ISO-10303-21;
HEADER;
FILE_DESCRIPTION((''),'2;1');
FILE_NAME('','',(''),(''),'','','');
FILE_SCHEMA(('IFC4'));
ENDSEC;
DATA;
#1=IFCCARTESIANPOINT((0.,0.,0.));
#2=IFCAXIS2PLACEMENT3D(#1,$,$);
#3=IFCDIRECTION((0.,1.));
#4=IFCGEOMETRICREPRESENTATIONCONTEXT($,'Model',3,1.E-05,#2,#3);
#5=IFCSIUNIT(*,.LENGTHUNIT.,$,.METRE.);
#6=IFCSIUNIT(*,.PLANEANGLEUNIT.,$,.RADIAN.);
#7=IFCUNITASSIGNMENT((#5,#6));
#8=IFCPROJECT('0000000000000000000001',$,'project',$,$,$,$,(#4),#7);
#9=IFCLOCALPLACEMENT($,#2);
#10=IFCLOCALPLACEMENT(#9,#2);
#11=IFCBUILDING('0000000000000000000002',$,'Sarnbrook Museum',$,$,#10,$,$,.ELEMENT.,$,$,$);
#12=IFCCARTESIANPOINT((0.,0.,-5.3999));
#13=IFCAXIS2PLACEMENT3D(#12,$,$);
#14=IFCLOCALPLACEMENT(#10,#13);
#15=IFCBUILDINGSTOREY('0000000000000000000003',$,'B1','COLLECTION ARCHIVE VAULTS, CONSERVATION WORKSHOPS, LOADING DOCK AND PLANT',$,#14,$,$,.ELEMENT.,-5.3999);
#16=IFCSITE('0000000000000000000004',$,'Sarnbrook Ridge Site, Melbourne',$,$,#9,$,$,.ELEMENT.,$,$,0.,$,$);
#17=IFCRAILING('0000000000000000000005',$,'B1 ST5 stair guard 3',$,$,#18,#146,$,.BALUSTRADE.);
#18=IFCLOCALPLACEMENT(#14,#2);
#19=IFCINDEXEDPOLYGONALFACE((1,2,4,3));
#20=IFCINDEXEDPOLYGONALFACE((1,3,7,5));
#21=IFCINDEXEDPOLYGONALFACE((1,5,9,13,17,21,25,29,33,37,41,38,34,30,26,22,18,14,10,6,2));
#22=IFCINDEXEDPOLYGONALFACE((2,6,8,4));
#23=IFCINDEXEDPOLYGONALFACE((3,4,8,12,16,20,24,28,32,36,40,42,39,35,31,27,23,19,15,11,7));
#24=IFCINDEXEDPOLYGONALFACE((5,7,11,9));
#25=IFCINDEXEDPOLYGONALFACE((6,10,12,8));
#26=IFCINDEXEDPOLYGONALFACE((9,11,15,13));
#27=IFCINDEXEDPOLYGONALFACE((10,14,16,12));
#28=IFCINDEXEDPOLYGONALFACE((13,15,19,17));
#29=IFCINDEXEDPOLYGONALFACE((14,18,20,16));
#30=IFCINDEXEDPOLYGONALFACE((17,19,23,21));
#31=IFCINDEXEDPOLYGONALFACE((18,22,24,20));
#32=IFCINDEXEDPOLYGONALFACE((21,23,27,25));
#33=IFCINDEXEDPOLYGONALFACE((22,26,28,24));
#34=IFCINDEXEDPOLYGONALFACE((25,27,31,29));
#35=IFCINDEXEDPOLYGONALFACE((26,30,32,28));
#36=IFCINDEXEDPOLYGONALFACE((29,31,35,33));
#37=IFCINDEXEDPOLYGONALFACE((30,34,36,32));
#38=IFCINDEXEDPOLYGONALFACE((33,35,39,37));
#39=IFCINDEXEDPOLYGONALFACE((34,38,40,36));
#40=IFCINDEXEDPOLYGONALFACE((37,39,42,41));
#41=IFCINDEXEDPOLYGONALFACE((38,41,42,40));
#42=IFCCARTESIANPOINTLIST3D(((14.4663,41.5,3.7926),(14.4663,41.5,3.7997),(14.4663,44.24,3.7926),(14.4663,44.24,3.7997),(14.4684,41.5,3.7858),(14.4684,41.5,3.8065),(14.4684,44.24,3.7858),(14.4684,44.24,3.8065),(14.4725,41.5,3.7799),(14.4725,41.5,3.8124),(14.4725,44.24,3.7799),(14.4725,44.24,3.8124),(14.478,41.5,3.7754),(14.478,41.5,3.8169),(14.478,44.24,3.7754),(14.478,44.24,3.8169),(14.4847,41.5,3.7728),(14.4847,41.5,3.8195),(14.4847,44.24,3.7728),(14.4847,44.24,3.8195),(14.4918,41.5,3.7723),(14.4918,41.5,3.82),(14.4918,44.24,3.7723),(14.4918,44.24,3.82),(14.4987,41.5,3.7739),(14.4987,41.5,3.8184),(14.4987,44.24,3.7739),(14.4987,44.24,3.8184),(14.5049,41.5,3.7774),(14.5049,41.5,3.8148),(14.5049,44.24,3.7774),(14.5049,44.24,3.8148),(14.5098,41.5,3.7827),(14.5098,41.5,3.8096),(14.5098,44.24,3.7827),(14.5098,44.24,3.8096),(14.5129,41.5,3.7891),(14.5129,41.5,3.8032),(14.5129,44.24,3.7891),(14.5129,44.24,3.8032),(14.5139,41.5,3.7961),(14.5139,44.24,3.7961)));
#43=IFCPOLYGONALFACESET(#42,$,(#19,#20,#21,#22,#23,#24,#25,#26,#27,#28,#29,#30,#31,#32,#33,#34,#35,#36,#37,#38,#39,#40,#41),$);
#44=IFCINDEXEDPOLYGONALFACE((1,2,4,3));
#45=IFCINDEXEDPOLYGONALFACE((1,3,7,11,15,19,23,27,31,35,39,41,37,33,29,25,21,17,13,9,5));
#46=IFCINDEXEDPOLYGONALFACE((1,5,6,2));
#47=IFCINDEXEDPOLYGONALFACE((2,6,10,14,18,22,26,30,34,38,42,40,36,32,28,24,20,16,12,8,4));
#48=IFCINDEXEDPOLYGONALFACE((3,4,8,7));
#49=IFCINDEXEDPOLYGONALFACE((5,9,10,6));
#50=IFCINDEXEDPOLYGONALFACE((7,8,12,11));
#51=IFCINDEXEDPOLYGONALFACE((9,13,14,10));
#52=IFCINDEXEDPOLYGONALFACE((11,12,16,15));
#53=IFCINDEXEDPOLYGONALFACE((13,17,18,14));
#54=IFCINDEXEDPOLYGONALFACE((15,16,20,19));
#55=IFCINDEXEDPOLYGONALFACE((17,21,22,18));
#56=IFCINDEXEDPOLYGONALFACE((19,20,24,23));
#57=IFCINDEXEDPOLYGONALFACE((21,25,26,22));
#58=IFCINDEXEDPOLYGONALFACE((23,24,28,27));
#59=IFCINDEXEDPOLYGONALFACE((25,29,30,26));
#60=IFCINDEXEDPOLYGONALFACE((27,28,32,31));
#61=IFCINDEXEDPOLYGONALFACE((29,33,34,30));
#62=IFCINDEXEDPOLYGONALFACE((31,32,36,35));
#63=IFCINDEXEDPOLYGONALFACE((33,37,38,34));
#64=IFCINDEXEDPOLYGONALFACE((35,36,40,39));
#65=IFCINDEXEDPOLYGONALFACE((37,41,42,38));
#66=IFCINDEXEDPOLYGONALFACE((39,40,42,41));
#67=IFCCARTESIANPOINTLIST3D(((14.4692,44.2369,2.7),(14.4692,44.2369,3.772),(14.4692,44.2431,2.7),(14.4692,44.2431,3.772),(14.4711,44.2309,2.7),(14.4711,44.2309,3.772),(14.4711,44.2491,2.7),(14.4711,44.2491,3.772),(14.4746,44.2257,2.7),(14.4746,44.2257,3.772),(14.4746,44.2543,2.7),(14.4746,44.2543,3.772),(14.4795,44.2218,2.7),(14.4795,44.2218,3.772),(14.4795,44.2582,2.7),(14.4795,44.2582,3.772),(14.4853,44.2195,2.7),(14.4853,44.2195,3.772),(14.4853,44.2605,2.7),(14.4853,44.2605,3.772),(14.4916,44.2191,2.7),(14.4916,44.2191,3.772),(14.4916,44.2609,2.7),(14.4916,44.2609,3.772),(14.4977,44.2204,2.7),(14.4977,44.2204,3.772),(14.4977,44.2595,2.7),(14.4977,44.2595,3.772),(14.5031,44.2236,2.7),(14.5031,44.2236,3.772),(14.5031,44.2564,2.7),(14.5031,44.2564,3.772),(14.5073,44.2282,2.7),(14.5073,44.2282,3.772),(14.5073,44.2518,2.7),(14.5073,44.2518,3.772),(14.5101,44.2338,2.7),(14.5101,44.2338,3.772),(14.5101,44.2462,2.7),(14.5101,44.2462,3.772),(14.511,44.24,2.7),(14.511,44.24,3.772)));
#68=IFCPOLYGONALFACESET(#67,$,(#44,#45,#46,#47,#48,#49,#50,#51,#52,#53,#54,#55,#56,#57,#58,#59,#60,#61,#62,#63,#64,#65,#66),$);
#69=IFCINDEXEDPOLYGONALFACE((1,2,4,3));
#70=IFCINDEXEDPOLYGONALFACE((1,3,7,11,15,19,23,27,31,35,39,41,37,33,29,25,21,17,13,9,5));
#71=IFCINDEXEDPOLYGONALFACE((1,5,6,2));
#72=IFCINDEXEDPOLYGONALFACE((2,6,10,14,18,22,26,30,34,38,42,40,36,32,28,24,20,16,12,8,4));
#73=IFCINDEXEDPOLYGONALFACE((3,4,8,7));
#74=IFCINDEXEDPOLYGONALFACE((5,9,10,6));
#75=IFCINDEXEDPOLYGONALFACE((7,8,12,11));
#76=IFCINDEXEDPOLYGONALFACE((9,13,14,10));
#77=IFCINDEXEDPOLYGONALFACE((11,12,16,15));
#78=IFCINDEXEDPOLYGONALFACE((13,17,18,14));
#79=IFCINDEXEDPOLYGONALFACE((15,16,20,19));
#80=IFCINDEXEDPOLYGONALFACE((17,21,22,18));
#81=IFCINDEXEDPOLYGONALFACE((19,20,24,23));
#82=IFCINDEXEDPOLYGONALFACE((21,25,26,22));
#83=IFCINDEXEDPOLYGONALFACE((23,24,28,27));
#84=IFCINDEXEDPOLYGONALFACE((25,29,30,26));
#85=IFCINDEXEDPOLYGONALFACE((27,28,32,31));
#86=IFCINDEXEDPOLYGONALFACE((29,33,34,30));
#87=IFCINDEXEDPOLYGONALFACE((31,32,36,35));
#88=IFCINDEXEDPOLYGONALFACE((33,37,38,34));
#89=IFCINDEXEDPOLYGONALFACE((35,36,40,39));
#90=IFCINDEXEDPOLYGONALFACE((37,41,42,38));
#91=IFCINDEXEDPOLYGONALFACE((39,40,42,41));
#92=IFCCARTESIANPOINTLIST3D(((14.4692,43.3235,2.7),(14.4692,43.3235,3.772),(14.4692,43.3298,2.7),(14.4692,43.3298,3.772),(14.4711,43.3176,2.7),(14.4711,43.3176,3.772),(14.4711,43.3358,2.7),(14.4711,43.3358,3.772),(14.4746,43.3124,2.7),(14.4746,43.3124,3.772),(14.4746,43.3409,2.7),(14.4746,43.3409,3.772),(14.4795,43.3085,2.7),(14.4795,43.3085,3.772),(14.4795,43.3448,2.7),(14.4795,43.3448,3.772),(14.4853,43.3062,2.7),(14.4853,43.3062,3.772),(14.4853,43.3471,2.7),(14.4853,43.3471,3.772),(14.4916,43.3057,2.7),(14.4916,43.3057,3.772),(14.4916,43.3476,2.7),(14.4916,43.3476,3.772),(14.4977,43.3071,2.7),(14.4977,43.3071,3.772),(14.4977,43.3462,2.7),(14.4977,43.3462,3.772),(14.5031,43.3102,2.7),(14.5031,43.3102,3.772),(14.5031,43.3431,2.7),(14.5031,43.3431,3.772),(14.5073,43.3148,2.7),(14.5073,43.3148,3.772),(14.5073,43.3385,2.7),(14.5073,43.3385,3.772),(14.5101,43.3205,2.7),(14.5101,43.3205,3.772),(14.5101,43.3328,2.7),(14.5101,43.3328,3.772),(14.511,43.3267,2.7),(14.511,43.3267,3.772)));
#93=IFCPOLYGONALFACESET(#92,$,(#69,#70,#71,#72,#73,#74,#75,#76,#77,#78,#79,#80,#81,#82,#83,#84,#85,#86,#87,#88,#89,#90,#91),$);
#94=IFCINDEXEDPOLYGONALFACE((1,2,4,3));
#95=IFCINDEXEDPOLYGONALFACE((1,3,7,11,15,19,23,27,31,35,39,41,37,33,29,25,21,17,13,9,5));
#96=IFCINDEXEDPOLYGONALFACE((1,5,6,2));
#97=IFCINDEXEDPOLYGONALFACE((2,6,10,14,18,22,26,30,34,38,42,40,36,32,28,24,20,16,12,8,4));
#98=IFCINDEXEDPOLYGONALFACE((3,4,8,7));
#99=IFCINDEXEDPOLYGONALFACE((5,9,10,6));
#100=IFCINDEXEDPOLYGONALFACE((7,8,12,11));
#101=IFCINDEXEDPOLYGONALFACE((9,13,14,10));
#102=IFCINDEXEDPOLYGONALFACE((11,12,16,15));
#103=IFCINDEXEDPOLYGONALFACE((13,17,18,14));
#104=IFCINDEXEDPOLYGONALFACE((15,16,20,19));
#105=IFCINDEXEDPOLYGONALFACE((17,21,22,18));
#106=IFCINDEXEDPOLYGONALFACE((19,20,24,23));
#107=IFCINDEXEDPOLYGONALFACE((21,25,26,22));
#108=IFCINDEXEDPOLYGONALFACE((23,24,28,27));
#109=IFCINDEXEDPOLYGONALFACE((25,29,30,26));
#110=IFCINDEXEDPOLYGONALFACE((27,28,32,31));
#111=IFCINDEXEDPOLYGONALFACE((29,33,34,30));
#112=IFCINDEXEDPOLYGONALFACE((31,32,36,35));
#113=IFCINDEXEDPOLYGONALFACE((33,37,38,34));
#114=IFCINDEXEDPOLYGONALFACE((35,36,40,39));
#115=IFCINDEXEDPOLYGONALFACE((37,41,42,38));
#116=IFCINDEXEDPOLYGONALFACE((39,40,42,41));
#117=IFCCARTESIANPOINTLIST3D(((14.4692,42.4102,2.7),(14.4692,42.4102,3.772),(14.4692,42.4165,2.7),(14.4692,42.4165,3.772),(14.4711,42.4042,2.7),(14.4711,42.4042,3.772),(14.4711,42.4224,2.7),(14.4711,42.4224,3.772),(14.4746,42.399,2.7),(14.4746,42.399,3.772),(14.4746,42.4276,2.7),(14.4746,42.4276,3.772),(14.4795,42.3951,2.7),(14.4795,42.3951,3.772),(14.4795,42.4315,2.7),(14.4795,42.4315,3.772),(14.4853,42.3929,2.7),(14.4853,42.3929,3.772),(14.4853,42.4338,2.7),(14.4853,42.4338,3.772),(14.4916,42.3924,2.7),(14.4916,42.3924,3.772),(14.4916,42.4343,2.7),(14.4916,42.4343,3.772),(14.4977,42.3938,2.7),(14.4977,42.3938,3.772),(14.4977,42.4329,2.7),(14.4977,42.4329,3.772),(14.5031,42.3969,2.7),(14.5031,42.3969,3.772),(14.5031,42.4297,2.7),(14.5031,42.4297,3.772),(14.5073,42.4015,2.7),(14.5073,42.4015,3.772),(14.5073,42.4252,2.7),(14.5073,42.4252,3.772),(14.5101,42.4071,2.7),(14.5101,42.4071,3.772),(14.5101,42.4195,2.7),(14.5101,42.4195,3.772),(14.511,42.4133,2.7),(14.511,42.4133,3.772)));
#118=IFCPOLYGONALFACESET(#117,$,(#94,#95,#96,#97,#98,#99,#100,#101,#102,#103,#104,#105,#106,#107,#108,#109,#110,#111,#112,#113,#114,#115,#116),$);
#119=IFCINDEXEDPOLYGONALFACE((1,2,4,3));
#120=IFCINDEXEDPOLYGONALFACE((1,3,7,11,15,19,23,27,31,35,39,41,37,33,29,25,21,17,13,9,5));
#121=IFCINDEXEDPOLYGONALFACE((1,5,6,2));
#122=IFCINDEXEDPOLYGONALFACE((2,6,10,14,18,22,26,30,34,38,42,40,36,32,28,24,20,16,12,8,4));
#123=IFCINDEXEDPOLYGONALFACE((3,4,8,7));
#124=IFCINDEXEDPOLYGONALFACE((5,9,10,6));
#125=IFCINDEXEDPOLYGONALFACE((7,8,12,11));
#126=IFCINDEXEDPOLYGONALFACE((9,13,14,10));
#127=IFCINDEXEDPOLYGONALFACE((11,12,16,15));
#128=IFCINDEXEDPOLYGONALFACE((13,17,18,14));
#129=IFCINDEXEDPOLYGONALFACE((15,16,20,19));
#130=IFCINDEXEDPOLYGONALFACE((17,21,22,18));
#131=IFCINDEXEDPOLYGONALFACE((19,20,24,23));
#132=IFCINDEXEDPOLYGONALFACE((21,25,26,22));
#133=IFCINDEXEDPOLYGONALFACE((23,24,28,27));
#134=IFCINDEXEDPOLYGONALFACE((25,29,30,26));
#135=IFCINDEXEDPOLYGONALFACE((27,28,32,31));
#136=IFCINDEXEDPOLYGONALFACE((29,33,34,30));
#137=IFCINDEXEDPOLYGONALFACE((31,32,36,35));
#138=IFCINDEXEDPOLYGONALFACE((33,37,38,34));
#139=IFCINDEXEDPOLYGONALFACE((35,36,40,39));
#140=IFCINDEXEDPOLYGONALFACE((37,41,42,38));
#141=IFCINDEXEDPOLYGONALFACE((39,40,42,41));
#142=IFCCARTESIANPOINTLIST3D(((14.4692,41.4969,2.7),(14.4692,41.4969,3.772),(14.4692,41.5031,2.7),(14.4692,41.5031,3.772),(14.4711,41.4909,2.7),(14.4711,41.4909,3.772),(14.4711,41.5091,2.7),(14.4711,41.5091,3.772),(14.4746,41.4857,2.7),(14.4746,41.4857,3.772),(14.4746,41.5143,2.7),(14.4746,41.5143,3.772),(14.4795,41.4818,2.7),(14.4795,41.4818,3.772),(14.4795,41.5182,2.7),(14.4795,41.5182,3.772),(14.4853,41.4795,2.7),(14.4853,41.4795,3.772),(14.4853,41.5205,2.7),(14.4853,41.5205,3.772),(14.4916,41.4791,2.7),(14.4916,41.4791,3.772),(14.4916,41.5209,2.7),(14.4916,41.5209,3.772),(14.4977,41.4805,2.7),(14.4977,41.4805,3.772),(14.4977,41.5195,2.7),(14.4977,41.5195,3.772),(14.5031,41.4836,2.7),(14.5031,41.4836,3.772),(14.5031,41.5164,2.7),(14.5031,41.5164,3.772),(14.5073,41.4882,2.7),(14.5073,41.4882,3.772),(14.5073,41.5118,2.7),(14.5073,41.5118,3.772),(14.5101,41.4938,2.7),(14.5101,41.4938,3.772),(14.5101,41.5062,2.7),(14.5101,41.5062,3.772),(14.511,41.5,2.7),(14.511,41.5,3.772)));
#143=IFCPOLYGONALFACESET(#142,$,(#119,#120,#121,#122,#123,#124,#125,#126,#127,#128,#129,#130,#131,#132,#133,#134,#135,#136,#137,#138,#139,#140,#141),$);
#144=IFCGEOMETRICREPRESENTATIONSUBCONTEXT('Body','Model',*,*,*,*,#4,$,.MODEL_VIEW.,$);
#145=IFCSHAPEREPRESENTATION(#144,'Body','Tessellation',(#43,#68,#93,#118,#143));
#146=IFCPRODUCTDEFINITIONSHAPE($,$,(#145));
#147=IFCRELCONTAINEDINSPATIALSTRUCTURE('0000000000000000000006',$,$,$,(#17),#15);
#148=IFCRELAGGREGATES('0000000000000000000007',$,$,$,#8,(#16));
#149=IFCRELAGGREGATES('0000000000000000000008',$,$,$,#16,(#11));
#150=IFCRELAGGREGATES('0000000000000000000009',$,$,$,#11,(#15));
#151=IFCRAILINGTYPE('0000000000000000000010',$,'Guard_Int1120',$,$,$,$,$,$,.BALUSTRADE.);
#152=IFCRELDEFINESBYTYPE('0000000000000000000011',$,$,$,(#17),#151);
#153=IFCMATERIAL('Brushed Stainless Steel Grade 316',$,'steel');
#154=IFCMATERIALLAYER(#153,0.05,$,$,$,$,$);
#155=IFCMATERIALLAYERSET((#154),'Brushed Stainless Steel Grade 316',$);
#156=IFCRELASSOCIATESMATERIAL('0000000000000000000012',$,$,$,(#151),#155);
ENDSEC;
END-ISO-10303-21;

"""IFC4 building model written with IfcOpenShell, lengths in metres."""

from ifc_helpers import new_model, si_unit, direction, frame, origin, origin_2d, place, context, subcontext, project, spatial, circle, extrude, material, layer, layer_set, type_object, element, save


model = new_model("IFC4")

# Units and contexts
model_context = context("Model", 3, precision=1e-05, world=origin(), true_north=direction((0.0, 1.0)))
body_context = subcontext(model_context, "Body", "Model", "MODEL_VIEW")
ifc_project = project(units=[si_unit("LENGTHUNIT", "METRE"), si_unit("PLANEANGLEUNIT", "RADIAN")], contexts=[model_context])

# Site, building, storey
site_placement = place(None, origin())
site = spatial("IfcSite", under=ifc_project, at=site_placement, Name="Sarnbrook Ridge Site, Melbourne", CompositionType="ELEMENT", RefElevation=0.0)
building_placement = place(site_placement, origin())
building = spatial("IfcBuilding", under=site, at=building_placement, Name="Sarnbrook Museum", CompositionType="ELEMENT")
storey_placement = place(building_placement, frame((0.0, 0.0, -5.3999)))
storey = spatial("IfcBuildingStorey", under=building, at=storey_placement, Name="B1", Description="COLLECTION ARCHIVE VAULTS, CONSERVATION WORKSHOPS, LOADING DOCK AND PLANT", CompositionType="ELEMENT", Elevation=-5.3999)

# Railing
ifc_material_1 = material(Name="Brushed Stainless Steel Grade 316", Category="steel")
ifc_layer_1 = layer(ifc_material_1, 0.05)
ifc_layer_set_1 = layer_set([ifc_layer_1], Name="Brushed Stainless Steel Grade 316")
railing_type_1 = type_object("IfcRailingType", Name="Guard_Int1120", PredefinedType="BALUSTRADE", material=ifc_layer_set_1)
for number, where, name in (
    (1, (14.49, 44.24, 2.7), "B1 ST5 stair guard 3"),
):
    element("IfcRailing", number, at=place(storey_placement, frame(where)), inside=storey, type_object=railing_type_1, Name=name, PredefinedType="BALUSTRADE", context=body_context, shape_type="SweptSolid", body=[
        extrude(circle(Radius=0.0239, at=origin_2d()), frame((0.0, 0.0, 1.0962), z_axis=(0.0, -1.0, 0.0), x_axis=(1.0, 0.0, 0.0)), (0.0, 0.0, 1.0), 2.74),
        extrude(circle(Radius=0.021, at=origin_2d()), origin(), (0.0, 0.0, 1.0), 1.072),
        extrude(circle(Radius=0.021, at=origin_2d()), frame((0.0, -0.9133, 0.0)), (0.0, 0.0, 1.0), 1.072),
        extrude(circle(Radius=0.021, at=origin_2d()), frame((0.0, -1.8267, 0.0)), (0.0, 0.0, 1.0), 1.072),
        extrude(circle(Radius=0.021, at=origin_2d()), frame((0.0, -2.74, 0.0)), (0.0, 0.0, 1.0), 1.072),
    ])

save(model, "model.ifc")
